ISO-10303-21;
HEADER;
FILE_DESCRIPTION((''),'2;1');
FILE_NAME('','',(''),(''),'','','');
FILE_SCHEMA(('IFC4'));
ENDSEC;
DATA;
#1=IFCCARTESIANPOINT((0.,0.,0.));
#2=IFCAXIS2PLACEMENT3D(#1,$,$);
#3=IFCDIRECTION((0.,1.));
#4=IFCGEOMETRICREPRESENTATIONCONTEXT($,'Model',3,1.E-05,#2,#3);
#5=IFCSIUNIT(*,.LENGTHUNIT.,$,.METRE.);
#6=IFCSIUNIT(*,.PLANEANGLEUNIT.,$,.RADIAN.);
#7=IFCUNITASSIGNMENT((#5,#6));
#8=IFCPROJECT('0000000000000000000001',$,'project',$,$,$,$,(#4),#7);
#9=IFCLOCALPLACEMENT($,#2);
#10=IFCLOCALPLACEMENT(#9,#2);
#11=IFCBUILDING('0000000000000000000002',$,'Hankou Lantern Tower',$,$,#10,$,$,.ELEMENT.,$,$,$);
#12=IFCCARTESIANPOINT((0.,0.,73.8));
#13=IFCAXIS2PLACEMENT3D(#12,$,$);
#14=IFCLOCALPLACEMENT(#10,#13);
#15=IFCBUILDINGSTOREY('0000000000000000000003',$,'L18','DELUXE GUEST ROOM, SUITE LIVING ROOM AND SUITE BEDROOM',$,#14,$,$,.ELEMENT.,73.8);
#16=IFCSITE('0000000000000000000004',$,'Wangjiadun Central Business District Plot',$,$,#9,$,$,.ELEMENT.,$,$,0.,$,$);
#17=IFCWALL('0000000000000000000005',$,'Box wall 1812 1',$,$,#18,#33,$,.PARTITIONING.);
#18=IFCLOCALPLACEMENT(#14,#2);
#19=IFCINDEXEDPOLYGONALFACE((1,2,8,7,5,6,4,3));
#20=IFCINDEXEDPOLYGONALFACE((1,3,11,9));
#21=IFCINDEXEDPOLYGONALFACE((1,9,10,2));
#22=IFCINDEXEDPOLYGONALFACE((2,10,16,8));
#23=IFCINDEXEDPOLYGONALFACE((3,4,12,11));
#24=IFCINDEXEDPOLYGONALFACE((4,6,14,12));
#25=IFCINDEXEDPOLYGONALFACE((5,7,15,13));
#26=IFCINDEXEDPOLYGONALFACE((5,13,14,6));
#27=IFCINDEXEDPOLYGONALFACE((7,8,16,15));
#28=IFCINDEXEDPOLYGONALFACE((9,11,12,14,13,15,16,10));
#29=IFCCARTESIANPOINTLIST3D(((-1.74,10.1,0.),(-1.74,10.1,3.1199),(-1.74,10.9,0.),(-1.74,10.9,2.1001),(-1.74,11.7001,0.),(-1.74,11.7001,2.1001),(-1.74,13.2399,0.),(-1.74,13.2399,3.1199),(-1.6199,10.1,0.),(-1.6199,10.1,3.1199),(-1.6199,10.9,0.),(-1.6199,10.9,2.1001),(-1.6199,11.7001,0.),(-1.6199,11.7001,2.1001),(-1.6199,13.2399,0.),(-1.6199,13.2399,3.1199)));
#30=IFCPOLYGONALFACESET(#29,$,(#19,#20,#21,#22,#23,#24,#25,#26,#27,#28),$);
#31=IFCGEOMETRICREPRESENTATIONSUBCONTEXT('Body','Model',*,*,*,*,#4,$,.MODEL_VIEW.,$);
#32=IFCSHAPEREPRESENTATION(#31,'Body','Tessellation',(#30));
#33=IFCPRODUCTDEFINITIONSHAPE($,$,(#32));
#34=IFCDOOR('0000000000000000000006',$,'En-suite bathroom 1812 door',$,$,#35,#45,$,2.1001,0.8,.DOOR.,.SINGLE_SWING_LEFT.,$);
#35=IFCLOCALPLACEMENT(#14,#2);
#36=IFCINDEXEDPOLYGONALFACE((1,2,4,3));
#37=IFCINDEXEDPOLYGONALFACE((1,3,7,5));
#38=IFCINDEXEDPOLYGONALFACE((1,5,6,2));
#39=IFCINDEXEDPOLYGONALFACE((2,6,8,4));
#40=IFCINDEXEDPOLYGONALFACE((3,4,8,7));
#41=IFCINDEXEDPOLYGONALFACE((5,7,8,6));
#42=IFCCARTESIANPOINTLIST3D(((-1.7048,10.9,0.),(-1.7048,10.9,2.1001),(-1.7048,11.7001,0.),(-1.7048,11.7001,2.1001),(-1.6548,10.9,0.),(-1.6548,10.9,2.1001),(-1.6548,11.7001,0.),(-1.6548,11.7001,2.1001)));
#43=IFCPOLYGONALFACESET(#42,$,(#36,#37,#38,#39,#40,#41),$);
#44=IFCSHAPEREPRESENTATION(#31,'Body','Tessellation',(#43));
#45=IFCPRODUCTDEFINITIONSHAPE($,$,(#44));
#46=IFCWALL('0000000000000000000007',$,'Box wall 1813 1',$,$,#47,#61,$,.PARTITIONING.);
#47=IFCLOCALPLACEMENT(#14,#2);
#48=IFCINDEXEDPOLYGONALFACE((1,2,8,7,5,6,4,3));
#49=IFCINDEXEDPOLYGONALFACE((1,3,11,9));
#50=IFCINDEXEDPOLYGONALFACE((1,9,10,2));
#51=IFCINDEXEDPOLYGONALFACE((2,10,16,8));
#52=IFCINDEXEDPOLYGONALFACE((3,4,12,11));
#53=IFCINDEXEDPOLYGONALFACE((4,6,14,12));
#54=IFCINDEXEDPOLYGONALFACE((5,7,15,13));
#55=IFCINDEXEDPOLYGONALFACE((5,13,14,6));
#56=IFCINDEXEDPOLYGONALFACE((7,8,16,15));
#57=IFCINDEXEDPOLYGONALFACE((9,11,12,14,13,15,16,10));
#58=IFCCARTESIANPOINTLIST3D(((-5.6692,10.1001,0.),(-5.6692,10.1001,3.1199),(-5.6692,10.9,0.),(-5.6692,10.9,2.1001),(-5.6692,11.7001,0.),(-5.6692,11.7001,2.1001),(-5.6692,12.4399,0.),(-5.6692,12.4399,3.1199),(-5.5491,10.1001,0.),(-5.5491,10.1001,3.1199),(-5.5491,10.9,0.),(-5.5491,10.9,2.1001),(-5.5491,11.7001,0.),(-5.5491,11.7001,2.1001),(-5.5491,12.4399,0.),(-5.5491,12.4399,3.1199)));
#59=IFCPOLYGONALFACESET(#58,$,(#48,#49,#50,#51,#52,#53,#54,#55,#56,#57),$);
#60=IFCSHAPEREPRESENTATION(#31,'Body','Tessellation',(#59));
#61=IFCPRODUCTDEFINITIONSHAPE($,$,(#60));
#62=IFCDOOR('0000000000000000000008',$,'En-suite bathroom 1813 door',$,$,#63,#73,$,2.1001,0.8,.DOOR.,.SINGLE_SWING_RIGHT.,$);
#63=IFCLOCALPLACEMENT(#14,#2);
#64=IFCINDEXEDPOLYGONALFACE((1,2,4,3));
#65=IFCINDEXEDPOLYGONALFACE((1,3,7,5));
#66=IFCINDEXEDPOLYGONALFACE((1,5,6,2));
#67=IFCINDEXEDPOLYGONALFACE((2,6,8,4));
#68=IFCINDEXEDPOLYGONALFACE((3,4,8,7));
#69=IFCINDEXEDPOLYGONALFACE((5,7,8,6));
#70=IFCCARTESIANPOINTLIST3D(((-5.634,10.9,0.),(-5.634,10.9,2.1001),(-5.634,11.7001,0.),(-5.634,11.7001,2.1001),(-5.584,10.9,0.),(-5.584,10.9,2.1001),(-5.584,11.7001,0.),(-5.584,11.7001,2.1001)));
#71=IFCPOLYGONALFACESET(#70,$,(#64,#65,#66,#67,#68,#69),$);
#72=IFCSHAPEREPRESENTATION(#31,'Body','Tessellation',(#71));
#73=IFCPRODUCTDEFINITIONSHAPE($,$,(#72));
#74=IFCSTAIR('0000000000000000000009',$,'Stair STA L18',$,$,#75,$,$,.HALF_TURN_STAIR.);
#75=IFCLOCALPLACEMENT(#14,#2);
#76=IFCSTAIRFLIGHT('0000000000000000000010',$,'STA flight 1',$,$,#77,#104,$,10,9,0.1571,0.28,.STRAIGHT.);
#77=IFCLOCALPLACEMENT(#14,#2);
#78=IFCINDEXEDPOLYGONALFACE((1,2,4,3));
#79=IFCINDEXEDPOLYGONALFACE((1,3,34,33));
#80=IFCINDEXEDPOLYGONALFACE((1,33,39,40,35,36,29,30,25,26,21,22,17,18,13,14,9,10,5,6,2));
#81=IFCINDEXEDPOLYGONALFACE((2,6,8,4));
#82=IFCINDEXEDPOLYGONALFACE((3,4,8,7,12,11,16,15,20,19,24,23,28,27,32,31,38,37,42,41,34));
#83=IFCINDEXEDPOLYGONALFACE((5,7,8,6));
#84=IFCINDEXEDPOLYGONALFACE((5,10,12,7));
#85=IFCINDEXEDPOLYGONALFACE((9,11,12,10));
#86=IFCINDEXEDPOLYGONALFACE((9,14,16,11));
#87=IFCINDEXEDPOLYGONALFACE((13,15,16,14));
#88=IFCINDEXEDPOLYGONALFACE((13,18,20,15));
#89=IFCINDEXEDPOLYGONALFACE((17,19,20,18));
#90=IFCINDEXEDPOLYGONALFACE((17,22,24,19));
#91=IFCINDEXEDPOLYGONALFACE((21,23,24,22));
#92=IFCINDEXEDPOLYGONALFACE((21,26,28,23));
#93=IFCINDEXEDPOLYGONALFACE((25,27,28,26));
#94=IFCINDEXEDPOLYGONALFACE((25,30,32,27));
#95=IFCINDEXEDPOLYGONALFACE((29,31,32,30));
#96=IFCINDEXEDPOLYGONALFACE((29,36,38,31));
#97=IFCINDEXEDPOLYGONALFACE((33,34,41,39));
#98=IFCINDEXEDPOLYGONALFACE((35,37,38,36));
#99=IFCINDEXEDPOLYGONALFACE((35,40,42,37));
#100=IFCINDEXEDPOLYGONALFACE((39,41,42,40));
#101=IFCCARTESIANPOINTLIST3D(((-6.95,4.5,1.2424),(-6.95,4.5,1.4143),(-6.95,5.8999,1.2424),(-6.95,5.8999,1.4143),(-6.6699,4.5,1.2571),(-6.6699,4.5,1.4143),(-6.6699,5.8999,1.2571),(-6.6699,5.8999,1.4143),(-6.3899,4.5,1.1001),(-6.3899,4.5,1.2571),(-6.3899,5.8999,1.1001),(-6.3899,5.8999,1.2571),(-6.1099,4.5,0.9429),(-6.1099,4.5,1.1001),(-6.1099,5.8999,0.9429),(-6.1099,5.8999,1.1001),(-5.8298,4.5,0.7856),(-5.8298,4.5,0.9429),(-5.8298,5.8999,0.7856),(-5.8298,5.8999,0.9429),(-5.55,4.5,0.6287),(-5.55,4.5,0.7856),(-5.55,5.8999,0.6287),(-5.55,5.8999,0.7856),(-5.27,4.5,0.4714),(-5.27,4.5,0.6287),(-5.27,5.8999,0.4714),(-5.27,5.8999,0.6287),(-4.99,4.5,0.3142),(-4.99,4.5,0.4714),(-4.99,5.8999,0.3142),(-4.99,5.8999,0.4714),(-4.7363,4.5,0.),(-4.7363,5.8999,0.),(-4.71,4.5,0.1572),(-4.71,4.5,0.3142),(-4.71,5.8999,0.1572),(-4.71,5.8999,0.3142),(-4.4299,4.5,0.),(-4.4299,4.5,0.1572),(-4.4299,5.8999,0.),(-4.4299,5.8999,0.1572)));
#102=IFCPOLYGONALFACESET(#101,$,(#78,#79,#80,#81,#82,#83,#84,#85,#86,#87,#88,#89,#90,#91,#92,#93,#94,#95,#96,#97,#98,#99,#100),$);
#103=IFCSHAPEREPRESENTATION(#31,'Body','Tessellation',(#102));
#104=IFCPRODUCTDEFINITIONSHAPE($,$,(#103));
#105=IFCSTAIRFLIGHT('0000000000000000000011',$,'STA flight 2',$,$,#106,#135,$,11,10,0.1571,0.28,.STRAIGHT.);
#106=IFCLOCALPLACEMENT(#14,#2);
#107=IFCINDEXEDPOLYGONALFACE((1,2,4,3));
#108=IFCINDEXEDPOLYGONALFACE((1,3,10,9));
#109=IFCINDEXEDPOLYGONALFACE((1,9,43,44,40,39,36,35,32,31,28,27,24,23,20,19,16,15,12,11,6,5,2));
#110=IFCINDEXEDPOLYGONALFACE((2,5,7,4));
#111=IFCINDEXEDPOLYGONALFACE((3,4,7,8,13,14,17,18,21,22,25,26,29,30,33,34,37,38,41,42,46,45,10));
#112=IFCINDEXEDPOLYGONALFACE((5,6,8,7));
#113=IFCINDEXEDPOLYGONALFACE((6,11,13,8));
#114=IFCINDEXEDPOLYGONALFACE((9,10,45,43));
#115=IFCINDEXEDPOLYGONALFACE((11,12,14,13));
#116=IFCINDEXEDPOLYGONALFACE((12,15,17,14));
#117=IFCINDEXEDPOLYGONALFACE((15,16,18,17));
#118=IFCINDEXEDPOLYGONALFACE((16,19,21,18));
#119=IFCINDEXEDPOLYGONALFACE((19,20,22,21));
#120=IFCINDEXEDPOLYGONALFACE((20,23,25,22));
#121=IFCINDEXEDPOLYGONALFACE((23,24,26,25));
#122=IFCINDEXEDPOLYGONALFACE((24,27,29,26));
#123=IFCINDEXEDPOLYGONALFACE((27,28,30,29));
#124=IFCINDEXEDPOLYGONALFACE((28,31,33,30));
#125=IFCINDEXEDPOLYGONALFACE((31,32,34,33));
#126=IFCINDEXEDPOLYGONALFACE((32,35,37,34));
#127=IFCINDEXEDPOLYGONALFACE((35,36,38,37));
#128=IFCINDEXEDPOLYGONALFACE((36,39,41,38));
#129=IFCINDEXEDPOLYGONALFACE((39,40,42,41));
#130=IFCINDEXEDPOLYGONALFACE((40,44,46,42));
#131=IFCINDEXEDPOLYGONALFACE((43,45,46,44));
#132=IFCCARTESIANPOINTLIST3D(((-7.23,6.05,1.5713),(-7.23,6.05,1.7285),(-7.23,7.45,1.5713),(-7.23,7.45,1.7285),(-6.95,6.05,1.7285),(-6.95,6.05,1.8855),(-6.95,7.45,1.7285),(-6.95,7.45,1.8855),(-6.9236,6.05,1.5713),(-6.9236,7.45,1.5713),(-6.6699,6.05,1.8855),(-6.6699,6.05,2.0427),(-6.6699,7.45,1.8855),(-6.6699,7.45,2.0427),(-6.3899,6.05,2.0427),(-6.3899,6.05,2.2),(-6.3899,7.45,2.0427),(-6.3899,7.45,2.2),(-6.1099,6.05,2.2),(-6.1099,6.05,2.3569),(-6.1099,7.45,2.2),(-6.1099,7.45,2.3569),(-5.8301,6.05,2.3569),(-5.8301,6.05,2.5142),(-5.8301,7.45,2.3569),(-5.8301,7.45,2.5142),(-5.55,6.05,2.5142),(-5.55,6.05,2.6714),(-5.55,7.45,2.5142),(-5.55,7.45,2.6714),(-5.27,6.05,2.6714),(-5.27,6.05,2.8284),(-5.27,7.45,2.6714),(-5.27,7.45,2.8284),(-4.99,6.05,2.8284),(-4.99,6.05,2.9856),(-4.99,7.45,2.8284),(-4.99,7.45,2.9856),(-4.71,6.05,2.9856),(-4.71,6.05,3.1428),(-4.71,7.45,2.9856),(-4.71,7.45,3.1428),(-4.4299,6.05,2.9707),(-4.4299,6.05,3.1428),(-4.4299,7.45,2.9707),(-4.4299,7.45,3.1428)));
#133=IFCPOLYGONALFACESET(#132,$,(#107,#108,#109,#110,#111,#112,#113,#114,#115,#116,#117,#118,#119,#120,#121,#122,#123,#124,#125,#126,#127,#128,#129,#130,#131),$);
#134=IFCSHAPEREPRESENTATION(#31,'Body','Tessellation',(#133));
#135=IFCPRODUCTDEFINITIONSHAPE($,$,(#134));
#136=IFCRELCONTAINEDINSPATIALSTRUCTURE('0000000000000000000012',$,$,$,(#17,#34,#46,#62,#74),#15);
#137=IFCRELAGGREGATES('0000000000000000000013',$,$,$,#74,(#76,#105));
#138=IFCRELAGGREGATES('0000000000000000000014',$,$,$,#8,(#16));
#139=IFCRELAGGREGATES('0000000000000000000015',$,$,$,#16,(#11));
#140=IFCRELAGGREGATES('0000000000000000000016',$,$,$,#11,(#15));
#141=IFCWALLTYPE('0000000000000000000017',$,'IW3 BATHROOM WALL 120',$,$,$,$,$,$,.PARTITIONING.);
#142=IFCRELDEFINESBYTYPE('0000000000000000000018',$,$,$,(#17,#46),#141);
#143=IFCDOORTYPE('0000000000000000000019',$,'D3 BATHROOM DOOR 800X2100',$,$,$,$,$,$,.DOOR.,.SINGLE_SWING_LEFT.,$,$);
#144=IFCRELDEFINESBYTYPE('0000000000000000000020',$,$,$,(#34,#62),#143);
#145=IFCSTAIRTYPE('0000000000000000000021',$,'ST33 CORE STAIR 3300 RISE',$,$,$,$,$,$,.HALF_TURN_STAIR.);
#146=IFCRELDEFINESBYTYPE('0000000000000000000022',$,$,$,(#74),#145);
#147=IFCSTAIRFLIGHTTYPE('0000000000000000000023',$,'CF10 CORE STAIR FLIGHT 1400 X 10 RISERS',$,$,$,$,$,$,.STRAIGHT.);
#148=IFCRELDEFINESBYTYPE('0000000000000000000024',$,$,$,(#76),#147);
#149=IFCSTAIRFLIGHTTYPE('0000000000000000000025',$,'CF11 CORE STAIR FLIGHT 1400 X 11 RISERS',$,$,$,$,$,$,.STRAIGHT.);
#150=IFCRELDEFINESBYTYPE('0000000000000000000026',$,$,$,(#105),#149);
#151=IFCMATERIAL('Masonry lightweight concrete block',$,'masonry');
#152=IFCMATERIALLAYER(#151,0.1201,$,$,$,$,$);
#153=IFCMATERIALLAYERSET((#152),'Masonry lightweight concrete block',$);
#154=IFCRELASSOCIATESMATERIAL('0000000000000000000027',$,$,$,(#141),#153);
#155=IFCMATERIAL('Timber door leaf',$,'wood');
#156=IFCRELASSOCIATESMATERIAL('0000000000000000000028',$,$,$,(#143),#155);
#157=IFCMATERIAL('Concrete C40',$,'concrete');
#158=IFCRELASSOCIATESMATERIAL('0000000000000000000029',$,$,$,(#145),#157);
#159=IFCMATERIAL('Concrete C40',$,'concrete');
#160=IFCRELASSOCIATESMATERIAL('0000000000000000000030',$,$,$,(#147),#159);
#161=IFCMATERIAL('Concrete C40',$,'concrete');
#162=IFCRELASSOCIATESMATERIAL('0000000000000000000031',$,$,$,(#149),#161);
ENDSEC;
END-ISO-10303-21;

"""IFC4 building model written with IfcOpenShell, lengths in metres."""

from ifc_helpers import new_model, si_unit, direction, frame, frame_2d, origin, place, context, subcontext, project, spatial, polyline, rectangle, outline, extrude, material, layer, layer_set, type_object, element, fill, aggregate, save


model = new_model("IFC4")

# Units and contexts
model_context = context("Model", 3, precision=1e-05, world=origin(), true_north=direction((0.0, 1.0)))
body_context = subcontext(model_context, "Body", "Model", "MODEL_VIEW")
ifc_project = project(units=[si_unit("LENGTHUNIT", "METRE"), si_unit("PLANEANGLEUNIT", "RADIAN")], contexts=[model_context])

# Site, building, storey
site_placement = place(None, origin())
site = spatial("IfcSite", under=ifc_project, at=site_placement, Name="Wangjiadun Central Business District Plot", CompositionType="ELEMENT", RefElevation=0.0)
building_placement = place(site_placement, origin())
building = spatial("IfcBuilding", under=site, at=building_placement, Name="Hankou Lantern Tower", CompositionType="ELEMENT")
storey_placement = place(building_placement, frame((0.0, 0.0, 73.8)))
storey = spatial("IfcBuildingStorey", under=building, at=storey_placement, Name="L18", Description="DELUXE GUEST ROOM, SUITE LIVING ROOM AND SUITE BEDROOM", CompositionType="ELEMENT", Elevation=73.8)

# Walls, openings, doors
ifc_material_1 = material(Name="Masonry lightweight concrete block", Category="masonry")
ifc_layer_1 = layer(ifc_material_1, 0.1201)
ifc_layer_set_1 = layer_set([ifc_layer_1], Name="Masonry lightweight concrete block")
wall_type_1 = type_object("IfcWallType", Name="IW3 BATHROOM WALL 120", PredefinedType="PARTITIONING", material=ifc_layer_set_1)
wall_1_placement = place(storey_placement, frame((-1.6799, 10.1001, 0.0), z_axis=(0.0, 0.0, 1.0), x_axis=(0.0, 1.0, 0.0)))
wall_1 = element("IfcWall", 1, at=wall_1_placement, inside=storey, type_object=wall_type_1, Name="Box wall 1812 1", PredefinedType="PARTITIONING", context=body_context, shape_type="SweptSolid", body=[
    extrude(rectangle(XDim=3.1399, YDim=0.1201, at=frame_2d((1.5698, 0.0))), origin(), (0.0, 0.0, 1.0), 3.1199),
])
opening_1_placement = place(wall_1_placement, frame((0.8, 0.0, 0.0)))
opening_1 = element("IfcOpeningElement", 2, at=opening_1_placement, cuts=wall_1, PredefinedType="OPENING", context=body_context, shape_type="SweptSolid", body=[
    extrude(rectangle(XDim=0.8, YDim=2.1001, at=frame_2d((0.3999, 1.05))), frame((0.0, 0.0701, 0.0), z_axis=(0.0, -1.0, 0.0), x_axis=(1.0, 0.0, 0.0)), (0.0, 0.0, 1.0), 0.1401),
])
ifc_material_2 = material(Name="Timber door leaf", Category="wood")
door_type_1 = type_object("IfcDoorType", Name="D3 BATHROOM DOOR 800X2100", OperationType="SINGLE_SWING_LEFT", PredefinedType="DOOR", material=ifc_material_2)
door_1_placement = place(opening_1_placement, origin())
door_1 = element("IfcDoor", 3, at=door_1_placement, inside=storey, type_object=door_type_1, Name="En-suite bathroom 1812 door", OperationType="SINGLE_SWING_LEFT", OverallHeight=2.1001, OverallWidth=0.8, PredefinedType="DOOR", context=body_context, shape_type="SweptSolid", body=[
    extrude(rectangle(XDim=0.8, YDim=2.1001, at=frame_2d((0.3999, 1.05))), frame((0.0, 0.0249, 0.0), z_axis=(0.0, -1.0, 0.0), x_axis=(1.0, 0.0, 0.0)), (0.0, 0.0, 1.0), 0.05),
])
fill(opening_1, door_1)
wall_2_placement = place(storey_placement, frame((-5.6091, 10.1001, 0.0), z_axis=(0.0, 0.0, 1.0), x_axis=(0.0, 1.0, 0.0)))
wall_2 = element("IfcWall", 4, at=wall_2_placement, inside=storey, type_object=wall_type_1, Name="Box wall 1813 1", PredefinedType="PARTITIONING", context=body_context, shape_type="SweptSolid", body=[
    extrude(rectangle(XDim=2.3398, YDim=0.1201, at=frame_2d((1.1699, 0.0))), origin(), (0.0, 0.0, 1.0), 3.1199),
])
opening_2_placement = place(wall_2_placement, frame((0.8, 0.0, 0.0)))
opening_2 = element("IfcOpeningElement", 5, at=opening_2_placement, cuts=wall_2, PredefinedType="OPENING", context=body_context, shape_type="SweptSolid", body=[
    extrude(rectangle(XDim=0.8, YDim=2.1001, at=frame_2d((0.3999, 1.05))), frame((0.0, 0.0701, 0.0), z_axis=(0.0, -1.0, 0.0), x_axis=(1.0, 0.0, 0.0)), (0.0, 0.0, 1.0), 0.1401),
])
door_2_placement = place(opening_2_placement, origin())
door_2 = element("IfcDoor", 6, at=door_2_placement, inside=storey, type_object=door_type_1, Name="En-suite bathroom 1813 door", OperationType="SINGLE_SWING_RIGHT", OverallHeight=2.1001, OverallWidth=0.8, PredefinedType="DOOR", context=body_context, shape_type="SweptSolid", body=[
    extrude(rectangle(XDim=0.8, YDim=2.1001, at=frame_2d((0.3999, 1.05))), frame((0.0, 0.0249, 0.0), z_axis=(0.0, -1.0, 0.0), x_axis=(1.0, 0.0, 0.0)), (0.0, 0.0, 1.0), 0.05),
])
fill(opening_2, door_2)

# Stair, stair flights
ifc_material_3 = material(Name="Concrete C40", Category="concrete")
stair_type = type_object("IfcStairType", Name="ST33 CORE STAIR 3300 RISE", PredefinedType="HALF_TURN_STAIR", material=ifc_material_3)
stair_placement = place(storey_placement, origin())
stair = element("IfcStair", 7, at=stair_placement, inside=storey, type_object=stair_type, Name="Stair STA L18", PredefinedType="HALF_TURN_STAIR")
ifc_material_4 = material(Name="Concrete C40", Category="concrete")
stair_flight_type_1 = type_object("IfcStairFlightType", Name="CF10 CORE STAIR FLIGHT 1400 X 10 RISERS", PredefinedType="STRAIGHT", material=ifc_material_4)
stair_flight_1_placement = place(storey_placement, frame((-4.4299, 5.2, 0.0), z_axis=(0.0, 0.0, 1.0), x_axis=(-1.0, 0.0, 0.0)))
stair_flight_1 = element("IfcStairFlight", 8, at=stair_flight_1_placement, type_object=stair_flight_type_1, Name="STA flight 1", NumberOfRisers=10, NumberOfTreads=9, PredefinedType="STRAIGHT", RiserHeight=0.1571, TreadLength=0.28, context=body_context, shape_type="SweptSolid", body=[
    extrude(outline(polyline([(0.0, 0.0), (0.0, 0.1572), (0.28, 0.1572), (0.28, 0.3142), (0.5601, 0.3142), (0.5601, 0.4714), (0.8401, 0.4714), (0.8401, 0.6287), (1.1201, 0.6287), (1.1201, 0.7856), (1.3999, 0.7856), (1.3999, 0.9429), (1.6799, 0.9429), (1.6799, 1.1001), (1.96, 1.1001), (1.96, 1.2571), (2.24, 1.2571), (2.24, 1.4143), (2.52, 1.4143), (2.52, 1.5715), (2.52, 1.2424), (0.3064, 0.0), (0.0, 0.0)])), frame((0.0, 0.7, 0.0), z_axis=(0.0, -1.0, 0.0), x_axis=(1.0, 0.0, 0.0)), (0.0, 0.0, 1.0), 1.3999),
])
ifc_material_5 = material(Name="Concrete C40", Category="concrete")
stair_flight_type_2 = type_object("IfcStairFlightType", Name="CF11 CORE STAIR FLIGHT 1400 X 11 RISERS", PredefinedType="STRAIGHT", material=ifc_material_5)
stair_flight_2_placement = place(storey_placement, frame((-7.23, 6.75, 1.5713), z_axis=(0.0, 0.0, 1.0), x_axis=(1.0, 0.0, 0.0)))
stair_flight_2 = element("IfcStairFlight", 9, at=stair_flight_2_placement, type_object=stair_flight_type_2, Name="STA flight 2", NumberOfRisers=11, NumberOfTreads=10, PredefinedType="STRAIGHT", RiserHeight=0.1571, TreadLength=0.28, context=body_context, shape_type="SweptSolid", body=[
    extrude(outline(polyline([(0.0, 0.0), (0.0, 0.1572), (0.28, 0.1572), (0.28, 0.3142), (0.5601, 0.3142), (0.5601, 0.4714), (0.8401, 0.4714), (0.8401, 0.6287), (1.1201, 0.6287), (1.1201, 0.7856), (1.3999, 0.7856), (1.3999, 0.9429), (1.6799, 0.9429), (1.6799, 1.1001), (1.96, 1.1001), (1.96, 1.2571), (2.24, 1.2571), (2.24, 1.4143), (2.52, 1.4143), (2.52, 1.5715), (2.8, 1.5715), (2.8, 1.7285), (2.8, 1.3994), (0.3064, 0.0), (0.0, 0.0)])), frame((0.0, 0.7, 0.0), z_axis=(0.0, -1.0, 0.0), x_axis=(1.0, 0.0, 0.0)), (0.0, 0.0, 1.0), 1.3999),
])
aggregate(stair, [stair_flight_1, stair_flight_2])

save(model, "model.ifc")
